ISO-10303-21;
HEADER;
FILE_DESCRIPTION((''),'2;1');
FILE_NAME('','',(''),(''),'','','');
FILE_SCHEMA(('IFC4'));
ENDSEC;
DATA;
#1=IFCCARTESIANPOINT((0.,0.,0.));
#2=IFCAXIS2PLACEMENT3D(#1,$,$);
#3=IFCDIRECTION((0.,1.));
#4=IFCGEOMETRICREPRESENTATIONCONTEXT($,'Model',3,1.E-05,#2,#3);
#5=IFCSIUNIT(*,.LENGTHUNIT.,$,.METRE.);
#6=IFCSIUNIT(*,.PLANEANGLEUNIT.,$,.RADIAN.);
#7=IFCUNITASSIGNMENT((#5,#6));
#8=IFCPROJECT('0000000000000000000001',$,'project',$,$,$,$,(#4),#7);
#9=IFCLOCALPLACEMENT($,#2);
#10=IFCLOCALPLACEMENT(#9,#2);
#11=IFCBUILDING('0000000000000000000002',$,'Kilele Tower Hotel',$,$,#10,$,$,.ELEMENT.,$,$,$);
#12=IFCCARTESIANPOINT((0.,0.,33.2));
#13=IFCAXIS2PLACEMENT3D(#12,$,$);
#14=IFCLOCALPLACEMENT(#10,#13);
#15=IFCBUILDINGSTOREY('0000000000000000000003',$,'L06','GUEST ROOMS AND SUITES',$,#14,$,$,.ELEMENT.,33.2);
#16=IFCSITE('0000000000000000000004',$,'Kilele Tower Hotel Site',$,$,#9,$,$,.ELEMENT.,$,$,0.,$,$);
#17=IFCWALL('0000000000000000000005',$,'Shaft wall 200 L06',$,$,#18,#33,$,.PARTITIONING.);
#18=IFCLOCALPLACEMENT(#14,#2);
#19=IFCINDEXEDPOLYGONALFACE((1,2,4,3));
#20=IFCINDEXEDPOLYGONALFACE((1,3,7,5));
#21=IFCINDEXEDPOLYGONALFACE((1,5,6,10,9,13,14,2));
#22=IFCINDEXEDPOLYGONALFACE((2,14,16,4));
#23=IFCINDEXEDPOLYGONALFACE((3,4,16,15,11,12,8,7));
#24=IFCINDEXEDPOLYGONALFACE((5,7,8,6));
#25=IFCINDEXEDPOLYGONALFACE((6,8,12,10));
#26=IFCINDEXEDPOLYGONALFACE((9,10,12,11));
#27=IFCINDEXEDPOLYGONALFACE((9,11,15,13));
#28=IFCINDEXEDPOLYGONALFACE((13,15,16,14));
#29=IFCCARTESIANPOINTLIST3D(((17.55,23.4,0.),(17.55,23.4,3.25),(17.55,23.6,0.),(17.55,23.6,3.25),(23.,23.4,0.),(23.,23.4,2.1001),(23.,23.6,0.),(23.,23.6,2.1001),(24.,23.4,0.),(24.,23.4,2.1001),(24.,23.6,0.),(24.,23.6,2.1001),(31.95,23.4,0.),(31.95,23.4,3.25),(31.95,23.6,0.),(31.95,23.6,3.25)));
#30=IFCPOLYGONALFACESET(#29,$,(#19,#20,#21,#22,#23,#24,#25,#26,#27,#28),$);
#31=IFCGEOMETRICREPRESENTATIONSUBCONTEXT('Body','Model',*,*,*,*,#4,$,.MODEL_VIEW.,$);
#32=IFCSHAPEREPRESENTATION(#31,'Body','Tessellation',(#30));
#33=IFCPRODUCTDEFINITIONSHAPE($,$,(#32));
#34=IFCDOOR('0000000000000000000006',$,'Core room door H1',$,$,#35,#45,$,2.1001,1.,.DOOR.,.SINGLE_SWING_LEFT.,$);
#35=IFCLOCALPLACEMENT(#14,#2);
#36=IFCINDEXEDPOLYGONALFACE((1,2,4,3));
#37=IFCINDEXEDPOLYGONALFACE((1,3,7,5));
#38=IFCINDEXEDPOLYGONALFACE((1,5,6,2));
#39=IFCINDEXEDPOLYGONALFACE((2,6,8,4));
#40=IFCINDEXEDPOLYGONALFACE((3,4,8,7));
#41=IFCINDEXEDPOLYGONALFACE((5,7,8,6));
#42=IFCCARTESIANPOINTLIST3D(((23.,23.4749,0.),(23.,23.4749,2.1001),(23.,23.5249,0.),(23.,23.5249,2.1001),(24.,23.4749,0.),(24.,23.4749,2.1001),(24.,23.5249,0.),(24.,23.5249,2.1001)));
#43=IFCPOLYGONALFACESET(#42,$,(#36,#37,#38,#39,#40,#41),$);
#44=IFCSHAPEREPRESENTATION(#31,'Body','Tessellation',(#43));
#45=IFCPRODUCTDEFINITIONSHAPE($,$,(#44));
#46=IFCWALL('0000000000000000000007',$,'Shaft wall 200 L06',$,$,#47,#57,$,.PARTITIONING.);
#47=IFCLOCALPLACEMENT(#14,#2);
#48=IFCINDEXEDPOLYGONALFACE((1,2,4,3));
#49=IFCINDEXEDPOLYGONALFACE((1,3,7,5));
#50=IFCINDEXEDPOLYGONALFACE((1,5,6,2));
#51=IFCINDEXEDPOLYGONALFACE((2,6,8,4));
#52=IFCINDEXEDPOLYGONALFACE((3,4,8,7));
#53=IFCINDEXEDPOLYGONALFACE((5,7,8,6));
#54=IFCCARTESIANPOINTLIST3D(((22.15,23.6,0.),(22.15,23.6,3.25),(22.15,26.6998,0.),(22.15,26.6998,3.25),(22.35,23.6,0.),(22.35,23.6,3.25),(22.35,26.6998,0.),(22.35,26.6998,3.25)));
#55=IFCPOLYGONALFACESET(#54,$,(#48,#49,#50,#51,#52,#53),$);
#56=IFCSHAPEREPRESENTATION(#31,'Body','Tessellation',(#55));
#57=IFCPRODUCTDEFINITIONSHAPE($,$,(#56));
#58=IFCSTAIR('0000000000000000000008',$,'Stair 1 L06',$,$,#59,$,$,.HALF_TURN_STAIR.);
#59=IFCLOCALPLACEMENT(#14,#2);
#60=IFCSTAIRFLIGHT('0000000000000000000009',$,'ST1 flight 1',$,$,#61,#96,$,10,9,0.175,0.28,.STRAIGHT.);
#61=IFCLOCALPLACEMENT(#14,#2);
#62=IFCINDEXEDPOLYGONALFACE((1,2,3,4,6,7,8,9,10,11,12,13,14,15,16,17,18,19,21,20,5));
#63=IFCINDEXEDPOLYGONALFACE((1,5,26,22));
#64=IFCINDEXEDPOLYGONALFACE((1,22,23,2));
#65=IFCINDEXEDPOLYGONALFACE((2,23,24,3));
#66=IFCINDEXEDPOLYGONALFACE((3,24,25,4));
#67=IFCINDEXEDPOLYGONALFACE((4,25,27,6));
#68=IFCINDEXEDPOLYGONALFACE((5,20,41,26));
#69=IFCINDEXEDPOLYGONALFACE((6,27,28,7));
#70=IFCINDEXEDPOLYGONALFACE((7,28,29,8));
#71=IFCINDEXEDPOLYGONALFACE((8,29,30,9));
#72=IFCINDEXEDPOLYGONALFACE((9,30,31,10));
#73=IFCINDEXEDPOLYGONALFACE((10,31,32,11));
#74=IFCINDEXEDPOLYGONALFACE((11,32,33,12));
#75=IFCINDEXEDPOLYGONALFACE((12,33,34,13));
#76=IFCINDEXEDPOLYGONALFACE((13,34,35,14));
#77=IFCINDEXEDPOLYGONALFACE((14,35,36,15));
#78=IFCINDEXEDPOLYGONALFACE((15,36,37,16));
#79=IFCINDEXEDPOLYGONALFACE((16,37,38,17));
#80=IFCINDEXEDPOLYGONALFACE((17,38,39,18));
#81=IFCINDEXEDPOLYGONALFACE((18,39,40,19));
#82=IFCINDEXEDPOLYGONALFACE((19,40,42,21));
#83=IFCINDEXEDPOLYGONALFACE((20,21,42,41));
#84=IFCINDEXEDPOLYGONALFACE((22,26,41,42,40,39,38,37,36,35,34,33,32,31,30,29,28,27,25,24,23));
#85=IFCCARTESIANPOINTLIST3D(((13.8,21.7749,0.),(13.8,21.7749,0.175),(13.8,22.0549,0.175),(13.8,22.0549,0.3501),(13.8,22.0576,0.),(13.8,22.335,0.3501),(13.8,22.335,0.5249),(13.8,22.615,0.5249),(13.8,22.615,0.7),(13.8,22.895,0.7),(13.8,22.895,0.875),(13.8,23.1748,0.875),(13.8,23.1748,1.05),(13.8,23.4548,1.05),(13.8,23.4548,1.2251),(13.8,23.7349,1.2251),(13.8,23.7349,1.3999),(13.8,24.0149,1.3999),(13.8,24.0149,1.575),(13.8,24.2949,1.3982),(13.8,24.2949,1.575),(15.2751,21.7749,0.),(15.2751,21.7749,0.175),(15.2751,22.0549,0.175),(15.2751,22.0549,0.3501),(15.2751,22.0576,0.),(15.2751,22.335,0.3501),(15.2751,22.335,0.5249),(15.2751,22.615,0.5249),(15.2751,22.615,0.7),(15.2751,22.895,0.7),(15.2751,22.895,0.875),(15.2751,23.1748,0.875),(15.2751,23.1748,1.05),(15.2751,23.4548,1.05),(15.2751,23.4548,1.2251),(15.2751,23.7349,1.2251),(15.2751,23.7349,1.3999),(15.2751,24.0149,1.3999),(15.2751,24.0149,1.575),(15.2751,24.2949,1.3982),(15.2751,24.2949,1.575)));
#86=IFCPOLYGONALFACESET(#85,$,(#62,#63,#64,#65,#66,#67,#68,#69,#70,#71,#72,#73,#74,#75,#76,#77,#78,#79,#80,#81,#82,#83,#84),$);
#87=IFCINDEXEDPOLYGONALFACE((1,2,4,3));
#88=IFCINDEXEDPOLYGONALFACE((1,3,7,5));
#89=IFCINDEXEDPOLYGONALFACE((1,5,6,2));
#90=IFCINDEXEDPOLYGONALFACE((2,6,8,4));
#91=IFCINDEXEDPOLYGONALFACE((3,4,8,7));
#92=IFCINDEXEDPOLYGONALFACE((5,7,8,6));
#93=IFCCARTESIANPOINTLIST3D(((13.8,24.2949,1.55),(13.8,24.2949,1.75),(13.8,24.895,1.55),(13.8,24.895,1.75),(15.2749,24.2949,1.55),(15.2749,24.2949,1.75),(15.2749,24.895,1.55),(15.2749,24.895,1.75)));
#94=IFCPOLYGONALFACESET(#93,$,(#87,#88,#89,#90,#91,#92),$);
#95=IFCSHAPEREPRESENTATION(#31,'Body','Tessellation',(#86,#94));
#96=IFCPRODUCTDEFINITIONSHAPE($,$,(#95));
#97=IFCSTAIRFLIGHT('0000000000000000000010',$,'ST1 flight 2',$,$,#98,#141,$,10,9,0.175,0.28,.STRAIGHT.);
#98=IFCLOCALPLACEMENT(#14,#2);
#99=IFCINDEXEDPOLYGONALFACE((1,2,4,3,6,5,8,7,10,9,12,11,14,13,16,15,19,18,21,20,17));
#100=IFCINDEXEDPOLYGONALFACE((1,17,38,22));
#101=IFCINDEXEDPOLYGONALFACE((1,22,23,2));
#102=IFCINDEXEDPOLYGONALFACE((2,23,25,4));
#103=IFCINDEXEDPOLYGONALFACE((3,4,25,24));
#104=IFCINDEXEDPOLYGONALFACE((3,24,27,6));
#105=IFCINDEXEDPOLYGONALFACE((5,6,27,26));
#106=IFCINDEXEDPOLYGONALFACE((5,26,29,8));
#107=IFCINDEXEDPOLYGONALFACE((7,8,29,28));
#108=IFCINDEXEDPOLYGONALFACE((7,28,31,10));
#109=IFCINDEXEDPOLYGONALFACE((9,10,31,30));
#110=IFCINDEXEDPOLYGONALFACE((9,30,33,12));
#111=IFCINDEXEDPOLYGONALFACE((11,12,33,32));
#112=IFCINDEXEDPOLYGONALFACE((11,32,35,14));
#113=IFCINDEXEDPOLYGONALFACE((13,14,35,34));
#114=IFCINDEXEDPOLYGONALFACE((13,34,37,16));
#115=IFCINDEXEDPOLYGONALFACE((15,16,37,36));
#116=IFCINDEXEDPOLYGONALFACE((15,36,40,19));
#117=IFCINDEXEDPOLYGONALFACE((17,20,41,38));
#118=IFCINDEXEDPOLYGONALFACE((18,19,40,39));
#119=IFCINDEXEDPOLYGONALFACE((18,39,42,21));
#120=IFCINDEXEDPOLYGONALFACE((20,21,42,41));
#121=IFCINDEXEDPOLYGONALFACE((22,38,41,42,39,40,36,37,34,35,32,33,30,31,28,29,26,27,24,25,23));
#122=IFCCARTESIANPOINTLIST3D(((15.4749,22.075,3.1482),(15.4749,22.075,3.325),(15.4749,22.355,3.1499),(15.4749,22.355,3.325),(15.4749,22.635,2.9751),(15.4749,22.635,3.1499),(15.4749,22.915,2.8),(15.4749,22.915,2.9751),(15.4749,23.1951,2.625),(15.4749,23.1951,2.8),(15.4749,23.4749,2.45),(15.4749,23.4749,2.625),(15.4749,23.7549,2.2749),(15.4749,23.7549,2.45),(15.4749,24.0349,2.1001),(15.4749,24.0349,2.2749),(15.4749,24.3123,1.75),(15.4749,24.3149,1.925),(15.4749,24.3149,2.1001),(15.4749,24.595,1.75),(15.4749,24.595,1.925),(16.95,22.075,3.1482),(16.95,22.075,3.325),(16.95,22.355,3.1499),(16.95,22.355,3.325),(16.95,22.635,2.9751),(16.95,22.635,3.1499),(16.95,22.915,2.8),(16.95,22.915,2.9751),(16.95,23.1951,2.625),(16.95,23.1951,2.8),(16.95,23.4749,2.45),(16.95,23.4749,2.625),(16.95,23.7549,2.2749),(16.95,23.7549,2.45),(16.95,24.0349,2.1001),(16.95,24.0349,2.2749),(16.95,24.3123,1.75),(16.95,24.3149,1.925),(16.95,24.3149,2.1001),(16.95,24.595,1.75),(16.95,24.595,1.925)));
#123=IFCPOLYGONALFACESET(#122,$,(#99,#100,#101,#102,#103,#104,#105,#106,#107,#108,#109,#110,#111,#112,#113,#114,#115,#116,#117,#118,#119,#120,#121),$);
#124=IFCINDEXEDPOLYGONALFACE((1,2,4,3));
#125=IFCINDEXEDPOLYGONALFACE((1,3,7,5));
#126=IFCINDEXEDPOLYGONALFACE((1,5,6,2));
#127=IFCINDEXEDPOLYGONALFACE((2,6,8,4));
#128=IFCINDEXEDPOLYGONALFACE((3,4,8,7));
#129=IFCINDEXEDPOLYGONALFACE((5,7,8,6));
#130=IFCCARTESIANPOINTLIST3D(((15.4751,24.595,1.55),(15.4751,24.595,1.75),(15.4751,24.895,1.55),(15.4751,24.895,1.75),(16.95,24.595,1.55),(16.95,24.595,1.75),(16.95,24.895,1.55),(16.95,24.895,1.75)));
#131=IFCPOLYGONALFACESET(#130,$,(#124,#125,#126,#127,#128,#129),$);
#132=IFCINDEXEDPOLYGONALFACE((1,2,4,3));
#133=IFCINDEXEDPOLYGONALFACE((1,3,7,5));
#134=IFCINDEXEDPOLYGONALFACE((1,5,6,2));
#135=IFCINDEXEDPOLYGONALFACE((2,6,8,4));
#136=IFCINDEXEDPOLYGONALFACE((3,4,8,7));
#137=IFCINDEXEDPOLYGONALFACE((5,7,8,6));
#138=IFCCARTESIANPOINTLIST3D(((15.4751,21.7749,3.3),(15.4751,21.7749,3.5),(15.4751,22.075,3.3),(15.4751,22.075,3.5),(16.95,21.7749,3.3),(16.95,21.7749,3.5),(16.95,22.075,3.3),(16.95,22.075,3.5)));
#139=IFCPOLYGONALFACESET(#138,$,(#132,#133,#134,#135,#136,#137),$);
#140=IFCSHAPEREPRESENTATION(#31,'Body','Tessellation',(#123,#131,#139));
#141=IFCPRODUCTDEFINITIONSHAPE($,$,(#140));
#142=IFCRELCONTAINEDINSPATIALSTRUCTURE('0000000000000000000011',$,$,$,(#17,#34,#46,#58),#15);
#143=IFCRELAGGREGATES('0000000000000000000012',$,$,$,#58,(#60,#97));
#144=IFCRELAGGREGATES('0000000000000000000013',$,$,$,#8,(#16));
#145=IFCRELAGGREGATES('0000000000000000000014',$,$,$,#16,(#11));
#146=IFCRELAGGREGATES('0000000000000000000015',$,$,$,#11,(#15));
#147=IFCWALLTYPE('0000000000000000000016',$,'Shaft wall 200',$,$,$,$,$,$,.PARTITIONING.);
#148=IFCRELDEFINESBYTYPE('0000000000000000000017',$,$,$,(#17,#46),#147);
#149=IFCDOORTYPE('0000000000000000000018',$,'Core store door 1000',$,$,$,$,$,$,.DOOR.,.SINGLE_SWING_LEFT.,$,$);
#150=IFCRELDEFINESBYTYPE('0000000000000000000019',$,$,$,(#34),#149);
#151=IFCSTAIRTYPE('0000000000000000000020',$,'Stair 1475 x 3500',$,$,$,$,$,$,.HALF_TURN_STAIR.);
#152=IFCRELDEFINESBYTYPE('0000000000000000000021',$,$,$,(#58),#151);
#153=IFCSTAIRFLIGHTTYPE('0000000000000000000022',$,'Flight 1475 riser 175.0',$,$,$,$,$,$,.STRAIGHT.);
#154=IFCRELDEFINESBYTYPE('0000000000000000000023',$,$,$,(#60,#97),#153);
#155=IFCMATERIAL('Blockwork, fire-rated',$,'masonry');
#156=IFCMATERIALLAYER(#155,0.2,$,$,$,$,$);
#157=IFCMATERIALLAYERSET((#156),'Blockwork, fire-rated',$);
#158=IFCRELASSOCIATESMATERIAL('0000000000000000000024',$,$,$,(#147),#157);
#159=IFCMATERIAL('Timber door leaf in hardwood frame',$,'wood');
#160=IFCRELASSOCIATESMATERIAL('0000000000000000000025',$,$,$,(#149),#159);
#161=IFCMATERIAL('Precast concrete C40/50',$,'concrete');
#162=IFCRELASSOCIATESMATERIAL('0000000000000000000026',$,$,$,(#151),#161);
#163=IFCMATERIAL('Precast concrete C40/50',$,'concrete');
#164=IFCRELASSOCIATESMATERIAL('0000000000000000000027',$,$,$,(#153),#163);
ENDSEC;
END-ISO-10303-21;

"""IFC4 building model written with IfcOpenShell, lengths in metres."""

from ifc_helpers import new_model, si_unit, direction, frame, frame_2d, origin, place, context, subcontext, project, spatial, polyline, rectangle, outline, extrude, material, layer, layer_set, type_object, element, fill, aggregate, save


model = new_model("IFC4")

# Units and contexts
model_context = context("Model", 3, precision=1e-05, world=origin(), true_north=direction((0.0, 1.0)))
body_context = subcontext(model_context, "Body", "Model", "MODEL_VIEW")
ifc_project = project(units=[si_unit("LENGTHUNIT", "METRE"), si_unit("PLANEANGLEUNIT", "RADIAN")], contexts=[model_context])

# Site, building, storey
site_placement = place(None, origin())
site = spatial("IfcSite", under=ifc_project, at=site_placement, Name="Kilele Tower Hotel Site", CompositionType="ELEMENT", RefElevation=0.0)
building_placement = place(site_placement, origin())
building = spatial("IfcBuilding", under=site, at=building_placement, Name="Kilele Tower Hotel", CompositionType="ELEMENT")
storey_placement = place(building_placement, frame((0.0, 0.0, 33.2)))
storey = spatial("IfcBuildingStorey", under=building, at=storey_placement, Name="L06", Description="GUEST ROOMS AND SUITES", CompositionType="ELEMENT", Elevation=33.2)

# Shared definitions
ifc_material_1 = material(Name="Blockwork, fire-rated", Category="masonry")
ifc_layer_1 = layer(ifc_material_1, 0.2)
ifc_layer_set_1 = layer_set([ifc_layer_1], Name="Blockwork, fire-rated")
wall_type_1 = type_object("IfcWallType", Name="Shaft wall 200", PredefinedType="PARTITIONING", material=ifc_layer_set_1)

# Wall, opening, door
wall_1_placement = place(storey_placement, frame((17.55, 23.5, 0.0), z_axis=(0.0, 0.0, 1.0), x_axis=(1.0, 0.0, 0.0)))
wall_1 = element("IfcWall", 1, at=wall_1_placement, inside=storey, type_object=wall_type_1, Name="Shaft wall 200 L06", PredefinedType="PARTITIONING", context=body_context, shape_type="SweptSolid", body=[
    extrude(rectangle(XDim=14.3999, YDim=0.2, at=frame_2d((7.2, 0.0))), origin(), (0.0, 0.0, 1.0), 3.25),
])
opening_1_placement = place(wall_1_placement, frame((5.45, 0.0, 0.0)))
opening_1 = element("IfcOpeningElement", 2, at=opening_1_placement, cuts=wall_1, PredefinedType="OPENING", context=body_context, shape_type="SweptSolid", body=[
    extrude(rectangle(XDim=1.0, YDim=2.1001, at=frame_2d((0.5, 1.05))), frame((0.0, 0.1099, 0.0), z_axis=(0.0, -1.0, 0.0), x_axis=(1.0, 0.0, 0.0)), (0.0, 0.0, 1.0), 0.22),
])
ifc_material_2 = material(Name="Timber door leaf in hardwood frame", Category="wood")
door_type_1 = type_object("IfcDoorType", Name="Core store door 1000", OperationType="SINGLE_SWING_LEFT", PredefinedType="DOOR", material=ifc_material_2)
door_1_placement = place(opening_1_placement, origin())
door_1 = element("IfcDoor", 3, at=door_1_placement, inside=storey, type_object=door_type_1, Name="Core room door H1", OperationType="SINGLE_SWING_LEFT", OverallHeight=2.1001, OverallWidth=1.0, PredefinedType="DOOR", context=body_context, shape_type="SweptSolid", body=[
    extrude(rectangle(XDim=1.0, YDim=2.1001, at=frame_2d((0.5, 1.05))), frame((0.0, 0.0249, 0.0), z_axis=(0.0, -1.0, 0.0), x_axis=(1.0, 0.0, 0.0)), (0.0, 0.0, 1.0), 0.05),
])
fill(opening_1, door_1)

# Wall
wall_2_placement = place(storey_placement, frame((22.25, 23.6001, 0.0), z_axis=(0.0, 0.0, 1.0), x_axis=(0.0, 1.0, 0.0)))
element("IfcWall", 4, at=wall_2_placement, inside=storey, type_object=wall_type_1, Name="Shaft wall 200 L06", PredefinedType="PARTITIONING", context=body_context, shape_type="SweptSolid", body=[
    extrude(rectangle(XDim=3.0999, YDim=0.2, at=frame_2d((1.5498, 0.0))), origin(), (0.0, 0.0, 1.0), 3.25),
])

# Stair, stair flights
ifc_material_3 = material(Name="Precast concrete C40/50", Category="concrete")
stair_type = type_object("IfcStairType", Name="Stair 1475 x 3500", PredefinedType="HALF_TURN_STAIR", material=ifc_material_3)
stair_placement = place(storey_placement, origin())
stair = element("IfcStair", 5, at=stair_placement, inside=storey, type_object=stair_type, Name="Stair 1 L06", PredefinedType="HALF_TURN_STAIR")
ifc_material_4 = material(Name="Precast concrete C40/50", Category="concrete")
stair_flight_type = type_object("IfcStairFlightType", Name="Flight 1475 riser 175.0", PredefinedType="STRAIGHT", material=ifc_material_4)
stair_flight_1_placement = place(storey_placement, frame((14.5376, 21.7749, 0.0), z_axis=(0.0, 0.0, 1.0), x_axis=(0.0, 1.0, 0.0)))
stair_flight_1 = element("IfcStairFlight", 6, at=stair_flight_1_placement, type_object=stair_flight_type, Name="ST1 flight 1", NumberOfRisers=10, NumberOfTreads=9, PredefinedType="STRAIGHT", RiserHeight=0.175, TreadLength=0.28, context=body_context, shape_type="SweptSolid", body=[
    extrude(outline(polyline([(0.0, 0.0), (0.0, 0.175), (0.28, 0.175), (0.28, 0.3501), (0.5601, 0.3501), (0.5601, 0.5249), (0.8401, 0.5249), (0.8401, 0.7), (1.1201, 0.7), (1.1201, 0.875), (1.3999, 0.875), (1.3999, 1.05), (1.6799, 1.05), (1.6799, 1.2251), (1.96, 1.2251), (1.96, 1.3999), (2.24, 1.3999), (2.24, 1.575), (2.52, 1.575), (2.52, 1.75), (2.52, 1.3982), (0.2827, 0.0), (0.0, 0.0)])), frame((0.0, 0.7375, 0.0), z_axis=(0.0, -1.0, 0.0), x_axis=(1.0, 0.0, 0.0)), (0.0, 0.0, 1.0), 1.4751),
    extrude(outline(polyline([(2.52, 0.7375), (2.52, -0.7373), (3.1201, -0.7373), (3.1201, 0.7375), (2.52, 0.7375)])), frame((0.0, 0.0, 1.55)), (0.0, 0.0, 1.0), 0.2),
])
stair_flight_2_placement = place(storey_placement, frame((16.2124, 24.595, 1.75), z_axis=(0.0, 0.0, 1.0), x_axis=(0.0, -1.0, 0.0)))
stair_flight_2 = element("IfcStairFlight", 7, at=stair_flight_2_placement, type_object=stair_flight_type, Name="ST1 flight 2", NumberOfRisers=10, NumberOfTreads=9, PredefinedType="STRAIGHT", RiserHeight=0.175, TreadLength=0.28, context=body_context, shape_type="SweptSolid", body=[
    extrude(outline(polyline([(0.0, 0.0), (0.0, 0.175), (0.28, 0.175), (0.28, 0.3501), (0.5601, 0.3501), (0.5601, 0.5249), (0.8401, 0.5249), (0.8401, 0.7), (1.1201, 0.7), (1.1201, 0.875), (1.3999, 0.875), (1.3999, 1.05), (1.6799, 1.05), (1.6799, 1.2251), (1.96, 1.2251), (1.96, 1.3999), (2.24, 1.3999), (2.24, 1.575), (2.52, 1.575), (2.52, 1.75), (2.52, 1.3982), (0.2827, 0.0), (0.0, 0.0)])), frame((0.0, 0.7375, 0.0), z_axis=(0.0, -1.0, 0.0), x_axis=(1.0, 0.0, 0.0)), (0.0, 0.0, 1.0), 1.4751),
    extrude(outline(polyline([(0.0, -0.7373), (0.0, 0.7375), (-0.3, 0.7375), (-0.3, -0.7373), (0.0, -0.7373)])), frame((0.0, 0.0, -0.2)), (0.0, 0.0, 1.0), 0.2),
    extrude(outline(polyline([(2.8201, -0.7373), (2.8201, 0.7375), (2.52, 0.7375), (2.52, -0.7373), (2.8201, -0.7373)])), frame((0.0, 0.0, 1.55)), (0.0, 0.0, 1.0), 0.2),
])
aggregate(stair, [stair_flight_1, stair_flight_2])

save(model, "model.ifc")
